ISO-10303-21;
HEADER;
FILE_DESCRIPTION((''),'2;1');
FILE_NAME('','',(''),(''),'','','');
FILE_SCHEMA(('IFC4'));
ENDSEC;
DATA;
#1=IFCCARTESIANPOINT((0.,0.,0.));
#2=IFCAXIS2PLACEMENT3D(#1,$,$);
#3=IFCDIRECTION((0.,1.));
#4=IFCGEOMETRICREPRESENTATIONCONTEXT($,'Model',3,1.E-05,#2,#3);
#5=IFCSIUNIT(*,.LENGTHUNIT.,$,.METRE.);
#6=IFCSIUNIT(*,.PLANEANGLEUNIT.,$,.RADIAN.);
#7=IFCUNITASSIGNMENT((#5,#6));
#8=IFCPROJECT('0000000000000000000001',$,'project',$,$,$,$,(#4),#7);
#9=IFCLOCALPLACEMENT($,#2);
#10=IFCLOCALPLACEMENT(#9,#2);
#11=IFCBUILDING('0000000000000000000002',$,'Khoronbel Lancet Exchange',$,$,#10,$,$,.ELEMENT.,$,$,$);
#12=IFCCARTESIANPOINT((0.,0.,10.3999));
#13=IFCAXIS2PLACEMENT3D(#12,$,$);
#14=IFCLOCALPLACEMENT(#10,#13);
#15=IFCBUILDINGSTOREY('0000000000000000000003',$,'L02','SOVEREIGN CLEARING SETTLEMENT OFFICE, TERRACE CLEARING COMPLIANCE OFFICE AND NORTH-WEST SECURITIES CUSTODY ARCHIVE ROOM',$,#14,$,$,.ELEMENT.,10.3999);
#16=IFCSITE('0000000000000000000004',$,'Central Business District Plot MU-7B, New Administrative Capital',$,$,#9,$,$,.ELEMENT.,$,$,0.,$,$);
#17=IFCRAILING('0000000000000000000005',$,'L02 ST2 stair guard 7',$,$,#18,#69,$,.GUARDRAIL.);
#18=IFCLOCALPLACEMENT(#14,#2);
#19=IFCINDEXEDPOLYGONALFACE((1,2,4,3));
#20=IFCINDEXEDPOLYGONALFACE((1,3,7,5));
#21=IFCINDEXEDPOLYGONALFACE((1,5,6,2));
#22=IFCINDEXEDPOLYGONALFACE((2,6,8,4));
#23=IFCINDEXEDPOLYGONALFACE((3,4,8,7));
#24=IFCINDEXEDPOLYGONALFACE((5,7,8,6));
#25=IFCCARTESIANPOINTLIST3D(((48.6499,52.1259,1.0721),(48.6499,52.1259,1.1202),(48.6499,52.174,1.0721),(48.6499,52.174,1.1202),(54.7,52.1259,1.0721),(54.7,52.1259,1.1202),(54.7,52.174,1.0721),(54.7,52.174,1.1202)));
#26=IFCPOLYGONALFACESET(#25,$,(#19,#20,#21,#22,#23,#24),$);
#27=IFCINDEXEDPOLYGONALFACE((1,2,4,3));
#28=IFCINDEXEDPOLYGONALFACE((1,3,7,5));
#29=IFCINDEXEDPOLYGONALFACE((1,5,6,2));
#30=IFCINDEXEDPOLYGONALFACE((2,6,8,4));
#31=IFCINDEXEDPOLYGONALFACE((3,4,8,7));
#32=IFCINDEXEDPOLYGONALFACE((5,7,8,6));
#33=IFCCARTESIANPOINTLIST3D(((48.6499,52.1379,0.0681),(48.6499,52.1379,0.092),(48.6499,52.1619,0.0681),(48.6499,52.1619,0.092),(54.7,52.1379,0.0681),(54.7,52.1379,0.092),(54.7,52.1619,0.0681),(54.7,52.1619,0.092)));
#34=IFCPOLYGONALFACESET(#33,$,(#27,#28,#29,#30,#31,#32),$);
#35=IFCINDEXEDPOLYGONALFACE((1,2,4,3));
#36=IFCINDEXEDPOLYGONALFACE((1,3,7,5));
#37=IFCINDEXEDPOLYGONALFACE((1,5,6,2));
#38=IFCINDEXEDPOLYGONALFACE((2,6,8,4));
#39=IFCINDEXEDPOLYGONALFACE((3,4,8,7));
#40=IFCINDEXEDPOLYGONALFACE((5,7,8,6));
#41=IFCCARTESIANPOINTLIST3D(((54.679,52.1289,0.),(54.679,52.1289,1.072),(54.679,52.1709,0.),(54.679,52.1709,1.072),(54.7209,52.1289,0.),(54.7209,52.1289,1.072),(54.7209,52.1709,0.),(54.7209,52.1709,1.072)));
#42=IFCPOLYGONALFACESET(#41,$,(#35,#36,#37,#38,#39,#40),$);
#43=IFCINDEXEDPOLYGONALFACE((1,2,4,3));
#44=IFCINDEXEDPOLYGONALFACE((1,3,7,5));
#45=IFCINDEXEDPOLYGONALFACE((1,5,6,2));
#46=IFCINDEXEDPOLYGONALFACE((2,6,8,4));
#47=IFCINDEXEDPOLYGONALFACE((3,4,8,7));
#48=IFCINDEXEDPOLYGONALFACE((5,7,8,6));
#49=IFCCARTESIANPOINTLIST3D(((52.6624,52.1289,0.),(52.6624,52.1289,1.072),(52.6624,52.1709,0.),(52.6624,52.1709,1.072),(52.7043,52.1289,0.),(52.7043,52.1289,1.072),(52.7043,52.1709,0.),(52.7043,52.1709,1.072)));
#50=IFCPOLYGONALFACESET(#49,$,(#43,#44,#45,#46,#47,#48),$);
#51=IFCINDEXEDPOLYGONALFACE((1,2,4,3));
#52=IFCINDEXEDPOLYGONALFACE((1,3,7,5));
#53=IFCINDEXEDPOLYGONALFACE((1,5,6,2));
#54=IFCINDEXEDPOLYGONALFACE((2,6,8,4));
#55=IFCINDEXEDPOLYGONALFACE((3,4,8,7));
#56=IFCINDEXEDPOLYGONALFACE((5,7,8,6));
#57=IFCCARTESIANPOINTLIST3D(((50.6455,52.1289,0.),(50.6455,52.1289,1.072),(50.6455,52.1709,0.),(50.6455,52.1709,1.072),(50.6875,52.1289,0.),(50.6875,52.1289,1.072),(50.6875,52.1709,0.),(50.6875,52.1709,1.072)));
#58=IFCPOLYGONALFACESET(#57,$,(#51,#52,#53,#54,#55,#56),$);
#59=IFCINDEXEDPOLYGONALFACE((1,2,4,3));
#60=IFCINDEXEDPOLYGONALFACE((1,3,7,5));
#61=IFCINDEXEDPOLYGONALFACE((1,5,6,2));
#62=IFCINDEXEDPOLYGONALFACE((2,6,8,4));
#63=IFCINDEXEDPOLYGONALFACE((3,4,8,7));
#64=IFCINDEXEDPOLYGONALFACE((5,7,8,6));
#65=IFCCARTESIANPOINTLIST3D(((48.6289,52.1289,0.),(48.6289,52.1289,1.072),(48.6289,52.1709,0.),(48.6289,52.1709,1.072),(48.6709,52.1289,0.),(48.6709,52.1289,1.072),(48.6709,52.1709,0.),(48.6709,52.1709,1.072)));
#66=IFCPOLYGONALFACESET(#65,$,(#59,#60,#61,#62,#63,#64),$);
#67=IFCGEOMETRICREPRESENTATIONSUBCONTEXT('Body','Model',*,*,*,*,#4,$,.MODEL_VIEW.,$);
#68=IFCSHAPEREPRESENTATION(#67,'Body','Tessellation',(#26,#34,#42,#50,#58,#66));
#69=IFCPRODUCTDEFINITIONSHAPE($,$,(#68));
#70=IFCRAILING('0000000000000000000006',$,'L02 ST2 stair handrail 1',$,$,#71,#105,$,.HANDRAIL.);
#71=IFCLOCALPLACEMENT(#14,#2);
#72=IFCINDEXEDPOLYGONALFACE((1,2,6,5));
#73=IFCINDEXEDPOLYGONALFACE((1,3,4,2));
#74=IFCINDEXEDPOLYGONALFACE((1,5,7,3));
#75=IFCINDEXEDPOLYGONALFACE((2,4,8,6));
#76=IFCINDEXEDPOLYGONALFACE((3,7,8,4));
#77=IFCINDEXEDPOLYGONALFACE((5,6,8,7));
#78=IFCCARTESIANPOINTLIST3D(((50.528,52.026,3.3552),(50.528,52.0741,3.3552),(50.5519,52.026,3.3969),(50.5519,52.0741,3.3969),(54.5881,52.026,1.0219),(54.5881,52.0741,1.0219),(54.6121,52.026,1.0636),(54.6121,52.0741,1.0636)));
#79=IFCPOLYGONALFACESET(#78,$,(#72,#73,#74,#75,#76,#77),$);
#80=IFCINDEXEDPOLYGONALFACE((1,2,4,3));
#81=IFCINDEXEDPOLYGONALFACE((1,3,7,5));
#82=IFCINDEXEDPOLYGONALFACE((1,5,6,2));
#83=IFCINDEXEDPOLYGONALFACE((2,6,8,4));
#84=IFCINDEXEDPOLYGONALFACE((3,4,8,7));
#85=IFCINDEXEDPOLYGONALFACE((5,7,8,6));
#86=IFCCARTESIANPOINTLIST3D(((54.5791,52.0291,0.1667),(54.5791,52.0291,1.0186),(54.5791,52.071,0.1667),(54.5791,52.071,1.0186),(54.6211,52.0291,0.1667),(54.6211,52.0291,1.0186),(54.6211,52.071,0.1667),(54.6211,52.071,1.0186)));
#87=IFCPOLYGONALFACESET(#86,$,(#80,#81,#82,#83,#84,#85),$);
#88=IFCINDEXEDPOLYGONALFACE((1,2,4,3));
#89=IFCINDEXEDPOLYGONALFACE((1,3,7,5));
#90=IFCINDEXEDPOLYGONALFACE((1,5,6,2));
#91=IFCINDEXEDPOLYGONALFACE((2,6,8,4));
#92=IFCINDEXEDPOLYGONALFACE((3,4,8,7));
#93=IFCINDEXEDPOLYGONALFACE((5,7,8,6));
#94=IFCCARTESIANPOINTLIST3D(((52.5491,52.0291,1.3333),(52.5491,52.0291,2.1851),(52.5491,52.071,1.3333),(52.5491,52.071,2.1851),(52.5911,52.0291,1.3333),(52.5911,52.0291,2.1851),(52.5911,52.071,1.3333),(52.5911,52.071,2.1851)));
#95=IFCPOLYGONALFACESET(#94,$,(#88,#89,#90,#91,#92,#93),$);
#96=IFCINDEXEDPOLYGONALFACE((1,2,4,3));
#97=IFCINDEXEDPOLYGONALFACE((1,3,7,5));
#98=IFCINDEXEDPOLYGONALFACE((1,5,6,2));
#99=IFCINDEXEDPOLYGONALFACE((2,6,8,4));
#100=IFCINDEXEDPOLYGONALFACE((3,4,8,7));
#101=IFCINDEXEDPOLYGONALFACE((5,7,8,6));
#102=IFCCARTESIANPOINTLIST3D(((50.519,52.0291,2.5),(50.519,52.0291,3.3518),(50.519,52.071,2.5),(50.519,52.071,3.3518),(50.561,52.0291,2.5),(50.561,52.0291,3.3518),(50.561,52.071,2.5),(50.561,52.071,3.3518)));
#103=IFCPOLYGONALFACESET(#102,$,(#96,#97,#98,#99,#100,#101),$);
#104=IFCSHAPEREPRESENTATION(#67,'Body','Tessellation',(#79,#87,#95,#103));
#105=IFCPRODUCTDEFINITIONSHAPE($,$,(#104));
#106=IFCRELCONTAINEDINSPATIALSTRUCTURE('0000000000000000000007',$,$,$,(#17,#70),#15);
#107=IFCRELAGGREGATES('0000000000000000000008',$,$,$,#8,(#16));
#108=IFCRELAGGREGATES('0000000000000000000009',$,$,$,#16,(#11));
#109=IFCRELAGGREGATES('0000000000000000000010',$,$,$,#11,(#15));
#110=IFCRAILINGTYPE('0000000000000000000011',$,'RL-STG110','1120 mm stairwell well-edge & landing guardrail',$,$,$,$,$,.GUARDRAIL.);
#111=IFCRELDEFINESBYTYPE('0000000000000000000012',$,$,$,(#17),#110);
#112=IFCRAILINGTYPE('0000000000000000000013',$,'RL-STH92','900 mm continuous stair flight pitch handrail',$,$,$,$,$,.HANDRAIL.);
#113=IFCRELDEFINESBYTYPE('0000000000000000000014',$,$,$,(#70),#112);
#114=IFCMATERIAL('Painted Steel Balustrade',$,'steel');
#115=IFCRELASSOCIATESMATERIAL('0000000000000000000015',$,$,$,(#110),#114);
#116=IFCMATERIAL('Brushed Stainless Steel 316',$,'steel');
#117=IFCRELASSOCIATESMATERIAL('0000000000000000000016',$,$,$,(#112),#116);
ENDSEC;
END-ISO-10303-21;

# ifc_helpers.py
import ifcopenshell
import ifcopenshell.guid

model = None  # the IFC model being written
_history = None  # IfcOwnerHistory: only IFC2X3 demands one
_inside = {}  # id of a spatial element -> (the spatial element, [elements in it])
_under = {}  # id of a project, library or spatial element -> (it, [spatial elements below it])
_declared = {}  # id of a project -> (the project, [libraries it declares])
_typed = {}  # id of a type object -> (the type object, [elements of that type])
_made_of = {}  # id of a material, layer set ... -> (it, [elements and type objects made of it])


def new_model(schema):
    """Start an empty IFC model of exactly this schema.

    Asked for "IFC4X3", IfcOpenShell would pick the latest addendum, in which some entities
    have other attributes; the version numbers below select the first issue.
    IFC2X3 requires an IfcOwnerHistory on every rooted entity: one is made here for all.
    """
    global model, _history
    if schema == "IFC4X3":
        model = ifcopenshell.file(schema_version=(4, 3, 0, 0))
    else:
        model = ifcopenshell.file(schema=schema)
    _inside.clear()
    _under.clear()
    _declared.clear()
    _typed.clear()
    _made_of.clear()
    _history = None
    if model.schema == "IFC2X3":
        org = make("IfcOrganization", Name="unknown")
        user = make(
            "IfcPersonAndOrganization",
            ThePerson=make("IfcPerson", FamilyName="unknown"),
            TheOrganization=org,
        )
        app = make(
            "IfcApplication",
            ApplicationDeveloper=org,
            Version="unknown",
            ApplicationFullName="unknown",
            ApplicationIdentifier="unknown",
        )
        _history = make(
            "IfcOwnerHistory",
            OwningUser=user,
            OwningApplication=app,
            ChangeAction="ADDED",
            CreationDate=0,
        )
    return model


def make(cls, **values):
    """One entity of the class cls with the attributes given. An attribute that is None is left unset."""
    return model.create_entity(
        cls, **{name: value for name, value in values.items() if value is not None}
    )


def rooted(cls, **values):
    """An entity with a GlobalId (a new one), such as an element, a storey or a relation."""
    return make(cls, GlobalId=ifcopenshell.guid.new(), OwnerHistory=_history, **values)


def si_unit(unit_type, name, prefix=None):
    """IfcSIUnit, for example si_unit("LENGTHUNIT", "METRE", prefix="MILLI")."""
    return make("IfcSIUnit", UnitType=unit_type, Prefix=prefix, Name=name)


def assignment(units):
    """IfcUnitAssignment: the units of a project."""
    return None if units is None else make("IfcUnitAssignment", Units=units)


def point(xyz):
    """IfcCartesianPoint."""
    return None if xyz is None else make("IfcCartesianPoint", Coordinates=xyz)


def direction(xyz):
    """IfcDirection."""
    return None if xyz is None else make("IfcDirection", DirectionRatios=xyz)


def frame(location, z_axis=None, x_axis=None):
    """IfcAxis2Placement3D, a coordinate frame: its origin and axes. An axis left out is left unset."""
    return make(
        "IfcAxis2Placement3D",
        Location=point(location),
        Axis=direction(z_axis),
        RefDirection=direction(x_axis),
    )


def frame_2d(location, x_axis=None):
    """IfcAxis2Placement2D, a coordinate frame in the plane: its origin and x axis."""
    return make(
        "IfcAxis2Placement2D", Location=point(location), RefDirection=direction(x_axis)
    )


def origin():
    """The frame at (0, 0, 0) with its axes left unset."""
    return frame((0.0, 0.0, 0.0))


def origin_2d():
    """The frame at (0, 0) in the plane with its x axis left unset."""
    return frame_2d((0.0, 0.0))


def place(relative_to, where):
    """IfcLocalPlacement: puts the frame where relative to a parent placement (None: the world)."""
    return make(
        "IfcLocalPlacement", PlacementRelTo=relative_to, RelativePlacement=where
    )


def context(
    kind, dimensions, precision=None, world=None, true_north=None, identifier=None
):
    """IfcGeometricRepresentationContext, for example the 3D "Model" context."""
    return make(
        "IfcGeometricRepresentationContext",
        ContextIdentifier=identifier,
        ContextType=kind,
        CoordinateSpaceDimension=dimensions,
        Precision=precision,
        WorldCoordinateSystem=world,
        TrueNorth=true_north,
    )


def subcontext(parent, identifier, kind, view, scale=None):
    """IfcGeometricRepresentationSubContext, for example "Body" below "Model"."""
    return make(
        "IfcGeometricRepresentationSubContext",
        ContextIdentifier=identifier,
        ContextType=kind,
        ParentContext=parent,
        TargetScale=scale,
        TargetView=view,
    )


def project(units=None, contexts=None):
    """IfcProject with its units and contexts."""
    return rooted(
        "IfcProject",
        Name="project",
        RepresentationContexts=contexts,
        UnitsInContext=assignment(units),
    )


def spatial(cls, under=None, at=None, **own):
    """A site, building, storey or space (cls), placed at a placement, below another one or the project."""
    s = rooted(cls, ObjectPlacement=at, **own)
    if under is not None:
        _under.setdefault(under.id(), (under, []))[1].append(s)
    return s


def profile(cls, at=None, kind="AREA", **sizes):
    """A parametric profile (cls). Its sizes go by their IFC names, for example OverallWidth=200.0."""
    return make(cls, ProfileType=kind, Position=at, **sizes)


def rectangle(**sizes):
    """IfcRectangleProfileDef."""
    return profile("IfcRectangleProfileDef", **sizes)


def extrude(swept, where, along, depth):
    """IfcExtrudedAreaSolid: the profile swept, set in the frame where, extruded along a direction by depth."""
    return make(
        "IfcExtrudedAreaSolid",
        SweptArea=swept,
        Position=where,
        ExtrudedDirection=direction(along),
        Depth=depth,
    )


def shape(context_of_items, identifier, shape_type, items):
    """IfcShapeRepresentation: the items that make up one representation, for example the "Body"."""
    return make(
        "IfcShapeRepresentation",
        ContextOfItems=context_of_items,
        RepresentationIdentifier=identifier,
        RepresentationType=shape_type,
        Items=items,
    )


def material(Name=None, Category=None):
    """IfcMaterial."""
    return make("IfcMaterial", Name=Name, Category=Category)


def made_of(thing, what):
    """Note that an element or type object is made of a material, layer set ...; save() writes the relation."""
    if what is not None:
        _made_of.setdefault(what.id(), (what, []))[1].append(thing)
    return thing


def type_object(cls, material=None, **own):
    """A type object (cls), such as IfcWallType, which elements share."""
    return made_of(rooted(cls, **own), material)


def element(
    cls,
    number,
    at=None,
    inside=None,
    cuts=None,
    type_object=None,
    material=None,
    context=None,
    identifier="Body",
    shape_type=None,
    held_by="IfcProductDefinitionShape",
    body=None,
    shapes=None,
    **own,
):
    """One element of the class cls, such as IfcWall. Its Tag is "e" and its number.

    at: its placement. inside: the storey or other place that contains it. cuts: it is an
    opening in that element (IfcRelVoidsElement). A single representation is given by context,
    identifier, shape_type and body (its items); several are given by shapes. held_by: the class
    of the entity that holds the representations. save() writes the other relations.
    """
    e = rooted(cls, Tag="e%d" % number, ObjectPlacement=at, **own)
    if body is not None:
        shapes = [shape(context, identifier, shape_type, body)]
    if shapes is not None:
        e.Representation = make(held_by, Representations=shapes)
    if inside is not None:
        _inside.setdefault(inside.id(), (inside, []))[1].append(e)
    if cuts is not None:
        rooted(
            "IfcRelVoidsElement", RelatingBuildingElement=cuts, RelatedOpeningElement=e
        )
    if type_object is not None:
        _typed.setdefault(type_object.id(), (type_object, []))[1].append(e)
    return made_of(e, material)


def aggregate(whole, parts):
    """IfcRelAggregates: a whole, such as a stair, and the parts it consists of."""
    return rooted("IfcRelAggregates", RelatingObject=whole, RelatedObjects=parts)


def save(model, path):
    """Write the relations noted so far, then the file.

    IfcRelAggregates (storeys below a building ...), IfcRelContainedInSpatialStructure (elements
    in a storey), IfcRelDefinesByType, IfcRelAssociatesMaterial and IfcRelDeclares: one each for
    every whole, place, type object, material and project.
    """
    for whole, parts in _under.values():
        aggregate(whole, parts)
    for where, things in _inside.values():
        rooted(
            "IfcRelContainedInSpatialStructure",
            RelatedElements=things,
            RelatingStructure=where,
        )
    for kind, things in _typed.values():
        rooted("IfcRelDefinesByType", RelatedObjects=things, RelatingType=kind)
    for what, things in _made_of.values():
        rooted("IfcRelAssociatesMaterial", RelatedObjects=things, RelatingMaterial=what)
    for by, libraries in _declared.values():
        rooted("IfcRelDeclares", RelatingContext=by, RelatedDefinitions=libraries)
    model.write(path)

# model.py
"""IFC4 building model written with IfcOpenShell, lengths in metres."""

from ifc_helpers import new_model, si_unit, direction, frame, origin, origin_2d, place, context, subcontext, project, spatial, rectangle, extrude, material, type_object, element, save


model = new_model("IFC4")

# Units and contexts
model_context = context("Model", 3, precision=1e-05, world=origin(), true_north=direction((0.0, 1.0)))
body_context = subcontext(model_context, "Body", "Model", "MODEL_VIEW")
ifc_project = project(units=[si_unit("LENGTHUNIT", "METRE"), si_unit("PLANEANGLEUNIT", "RADIAN")], contexts=[model_context])

# Site, building, storey
site_placement = place(None, origin())
site = spatial("IfcSite", under=ifc_project, at=site_placement, Name="Central Business District Plot MU-7B, New Administrative Capital", CompositionType="ELEMENT", RefElevation=0.0)
building_placement = place(site_placement, origin())
building = spatial("IfcBuilding", under=site, at=building_placement, Name="Khoronbel Lancet Exchange", CompositionType="ELEMENT")
storey_placement = place(building_placement, frame((0.0, 0.0, 10.3999)))
storey = spatial("IfcBuildingStorey", under=building, at=storey_placement, Name="L02", Description="SOVEREIGN CLEARING SETTLEMENT OFFICE, TERRACE CLEARING COMPLIANCE OFFICE AND NORTH-WEST SECURITIES CUSTODY ARCHIVE ROOM", CompositionType="ELEMENT", Elevation=10.3999)

# Railings
ifc_material_1 = material(Name="Painted Steel Balustrade", Category="steel")
railing_type_1 = type_object("IfcRailingType", Name="RL-STG110", Description="1120 mm stairwell well-edge & landing guardrail", PredefinedType="GUARDRAIL", material=ifc_material_1)
railing_1_placement = place(storey_placement, frame((54.7, 52.1499, 0.0)))
element("IfcRailing", 1, at=railing_1_placement, inside=storey, type_object=railing_type_1, Name="L02 ST2 stair guard 7", PredefinedType="GUARDRAIL", context=body_context, shape_type="SweptSolid", body=[
    extrude(rectangle(XDim=0.0481, YDim=0.0481, at=origin_2d()), frame((0.0, 0.0, 1.0962), z_axis=(-1.0, 0.0, 0.0), x_axis=(0.0, -1.0, 0.0)), (0.0, 0.0, 1.0), 6.05),
    extrude(rectangle(XDim=0.0239, YDim=0.0239, at=origin_2d()), frame((0.0, 0.0, 0.0801), z_axis=(-1.0, 0.0, 0.0), x_axis=(0.0, -1.0, 0.0)), (0.0, 0.0, 1.0), 6.05),
    extrude(rectangle(XDim=0.042, YDim=0.042, at=origin_2d()), origin(), (0.0, 0.0, 1.0), 1.072),
    extrude(rectangle(XDim=0.042, YDim=0.042, at=origin_2d()), frame((-2.0166, 0.0, 0.0)), (0.0, 0.0, 1.0), 1.072),
    extrude(rectangle(XDim=0.042, YDim=0.042, at=origin_2d()), frame((-4.0334, 0.0, 0.0)), (0.0, 0.0, 1.0), 1.072),
    extrude(rectangle(XDim=0.042, YDim=0.042, at=origin_2d()), frame((-6.05, 0.0, 0.0)), (0.0, 0.0, 1.0), 1.072),
])
ifc_material_2 = material(Name="Brushed Stainless Steel 316", Category="steel")
railing_type_2 = type_object("IfcRailingType", Name="RL-STH92", Description="900 mm continuous stair flight pitch handrail", PredefinedType="HANDRAIL", material=ifc_material_2)
railing_2_placement = place(storey_placement, frame((54.6001, 52.05, 0.1667)))
element("IfcRailing", 2, at=railing_2_placement, inside=storey, type_object=railing_type_2, Name="L02 ST2 stair handrail 1", PredefinedType="HANDRAIL", context=body_context, shape_type="SweptSolid", body=[
    extrude(rectangle(XDim=0.0481, YDim=0.0481, at=origin_2d()), frame((0.0, 0.0, 0.876), z_axis=(-0.867025, 0.0, 0.498265), x_axis=(0.0, -1.0, 0.0)), (0.0, 0.0, 1.0), 4.6829),
    extrude(rectangle(XDim=0.042, YDim=0.042, at=origin_2d()), origin(), (0.0, 0.0, 1.0), 0.8518),
    extrude(rectangle(XDim=0.042, YDim=0.042, at=origin_2d()), frame((-2.03, 0.0, 1.1665)), (0.0, 0.0, 1.0), 0.8518),
    extrude(rectangle(XDim=0.042, YDim=0.042, at=origin_2d()), frame((-4.0601, 0.0, 2.3333)), (0.0, 0.0, 1.0), 0.8518),
])

save(model, "model.ifc")
